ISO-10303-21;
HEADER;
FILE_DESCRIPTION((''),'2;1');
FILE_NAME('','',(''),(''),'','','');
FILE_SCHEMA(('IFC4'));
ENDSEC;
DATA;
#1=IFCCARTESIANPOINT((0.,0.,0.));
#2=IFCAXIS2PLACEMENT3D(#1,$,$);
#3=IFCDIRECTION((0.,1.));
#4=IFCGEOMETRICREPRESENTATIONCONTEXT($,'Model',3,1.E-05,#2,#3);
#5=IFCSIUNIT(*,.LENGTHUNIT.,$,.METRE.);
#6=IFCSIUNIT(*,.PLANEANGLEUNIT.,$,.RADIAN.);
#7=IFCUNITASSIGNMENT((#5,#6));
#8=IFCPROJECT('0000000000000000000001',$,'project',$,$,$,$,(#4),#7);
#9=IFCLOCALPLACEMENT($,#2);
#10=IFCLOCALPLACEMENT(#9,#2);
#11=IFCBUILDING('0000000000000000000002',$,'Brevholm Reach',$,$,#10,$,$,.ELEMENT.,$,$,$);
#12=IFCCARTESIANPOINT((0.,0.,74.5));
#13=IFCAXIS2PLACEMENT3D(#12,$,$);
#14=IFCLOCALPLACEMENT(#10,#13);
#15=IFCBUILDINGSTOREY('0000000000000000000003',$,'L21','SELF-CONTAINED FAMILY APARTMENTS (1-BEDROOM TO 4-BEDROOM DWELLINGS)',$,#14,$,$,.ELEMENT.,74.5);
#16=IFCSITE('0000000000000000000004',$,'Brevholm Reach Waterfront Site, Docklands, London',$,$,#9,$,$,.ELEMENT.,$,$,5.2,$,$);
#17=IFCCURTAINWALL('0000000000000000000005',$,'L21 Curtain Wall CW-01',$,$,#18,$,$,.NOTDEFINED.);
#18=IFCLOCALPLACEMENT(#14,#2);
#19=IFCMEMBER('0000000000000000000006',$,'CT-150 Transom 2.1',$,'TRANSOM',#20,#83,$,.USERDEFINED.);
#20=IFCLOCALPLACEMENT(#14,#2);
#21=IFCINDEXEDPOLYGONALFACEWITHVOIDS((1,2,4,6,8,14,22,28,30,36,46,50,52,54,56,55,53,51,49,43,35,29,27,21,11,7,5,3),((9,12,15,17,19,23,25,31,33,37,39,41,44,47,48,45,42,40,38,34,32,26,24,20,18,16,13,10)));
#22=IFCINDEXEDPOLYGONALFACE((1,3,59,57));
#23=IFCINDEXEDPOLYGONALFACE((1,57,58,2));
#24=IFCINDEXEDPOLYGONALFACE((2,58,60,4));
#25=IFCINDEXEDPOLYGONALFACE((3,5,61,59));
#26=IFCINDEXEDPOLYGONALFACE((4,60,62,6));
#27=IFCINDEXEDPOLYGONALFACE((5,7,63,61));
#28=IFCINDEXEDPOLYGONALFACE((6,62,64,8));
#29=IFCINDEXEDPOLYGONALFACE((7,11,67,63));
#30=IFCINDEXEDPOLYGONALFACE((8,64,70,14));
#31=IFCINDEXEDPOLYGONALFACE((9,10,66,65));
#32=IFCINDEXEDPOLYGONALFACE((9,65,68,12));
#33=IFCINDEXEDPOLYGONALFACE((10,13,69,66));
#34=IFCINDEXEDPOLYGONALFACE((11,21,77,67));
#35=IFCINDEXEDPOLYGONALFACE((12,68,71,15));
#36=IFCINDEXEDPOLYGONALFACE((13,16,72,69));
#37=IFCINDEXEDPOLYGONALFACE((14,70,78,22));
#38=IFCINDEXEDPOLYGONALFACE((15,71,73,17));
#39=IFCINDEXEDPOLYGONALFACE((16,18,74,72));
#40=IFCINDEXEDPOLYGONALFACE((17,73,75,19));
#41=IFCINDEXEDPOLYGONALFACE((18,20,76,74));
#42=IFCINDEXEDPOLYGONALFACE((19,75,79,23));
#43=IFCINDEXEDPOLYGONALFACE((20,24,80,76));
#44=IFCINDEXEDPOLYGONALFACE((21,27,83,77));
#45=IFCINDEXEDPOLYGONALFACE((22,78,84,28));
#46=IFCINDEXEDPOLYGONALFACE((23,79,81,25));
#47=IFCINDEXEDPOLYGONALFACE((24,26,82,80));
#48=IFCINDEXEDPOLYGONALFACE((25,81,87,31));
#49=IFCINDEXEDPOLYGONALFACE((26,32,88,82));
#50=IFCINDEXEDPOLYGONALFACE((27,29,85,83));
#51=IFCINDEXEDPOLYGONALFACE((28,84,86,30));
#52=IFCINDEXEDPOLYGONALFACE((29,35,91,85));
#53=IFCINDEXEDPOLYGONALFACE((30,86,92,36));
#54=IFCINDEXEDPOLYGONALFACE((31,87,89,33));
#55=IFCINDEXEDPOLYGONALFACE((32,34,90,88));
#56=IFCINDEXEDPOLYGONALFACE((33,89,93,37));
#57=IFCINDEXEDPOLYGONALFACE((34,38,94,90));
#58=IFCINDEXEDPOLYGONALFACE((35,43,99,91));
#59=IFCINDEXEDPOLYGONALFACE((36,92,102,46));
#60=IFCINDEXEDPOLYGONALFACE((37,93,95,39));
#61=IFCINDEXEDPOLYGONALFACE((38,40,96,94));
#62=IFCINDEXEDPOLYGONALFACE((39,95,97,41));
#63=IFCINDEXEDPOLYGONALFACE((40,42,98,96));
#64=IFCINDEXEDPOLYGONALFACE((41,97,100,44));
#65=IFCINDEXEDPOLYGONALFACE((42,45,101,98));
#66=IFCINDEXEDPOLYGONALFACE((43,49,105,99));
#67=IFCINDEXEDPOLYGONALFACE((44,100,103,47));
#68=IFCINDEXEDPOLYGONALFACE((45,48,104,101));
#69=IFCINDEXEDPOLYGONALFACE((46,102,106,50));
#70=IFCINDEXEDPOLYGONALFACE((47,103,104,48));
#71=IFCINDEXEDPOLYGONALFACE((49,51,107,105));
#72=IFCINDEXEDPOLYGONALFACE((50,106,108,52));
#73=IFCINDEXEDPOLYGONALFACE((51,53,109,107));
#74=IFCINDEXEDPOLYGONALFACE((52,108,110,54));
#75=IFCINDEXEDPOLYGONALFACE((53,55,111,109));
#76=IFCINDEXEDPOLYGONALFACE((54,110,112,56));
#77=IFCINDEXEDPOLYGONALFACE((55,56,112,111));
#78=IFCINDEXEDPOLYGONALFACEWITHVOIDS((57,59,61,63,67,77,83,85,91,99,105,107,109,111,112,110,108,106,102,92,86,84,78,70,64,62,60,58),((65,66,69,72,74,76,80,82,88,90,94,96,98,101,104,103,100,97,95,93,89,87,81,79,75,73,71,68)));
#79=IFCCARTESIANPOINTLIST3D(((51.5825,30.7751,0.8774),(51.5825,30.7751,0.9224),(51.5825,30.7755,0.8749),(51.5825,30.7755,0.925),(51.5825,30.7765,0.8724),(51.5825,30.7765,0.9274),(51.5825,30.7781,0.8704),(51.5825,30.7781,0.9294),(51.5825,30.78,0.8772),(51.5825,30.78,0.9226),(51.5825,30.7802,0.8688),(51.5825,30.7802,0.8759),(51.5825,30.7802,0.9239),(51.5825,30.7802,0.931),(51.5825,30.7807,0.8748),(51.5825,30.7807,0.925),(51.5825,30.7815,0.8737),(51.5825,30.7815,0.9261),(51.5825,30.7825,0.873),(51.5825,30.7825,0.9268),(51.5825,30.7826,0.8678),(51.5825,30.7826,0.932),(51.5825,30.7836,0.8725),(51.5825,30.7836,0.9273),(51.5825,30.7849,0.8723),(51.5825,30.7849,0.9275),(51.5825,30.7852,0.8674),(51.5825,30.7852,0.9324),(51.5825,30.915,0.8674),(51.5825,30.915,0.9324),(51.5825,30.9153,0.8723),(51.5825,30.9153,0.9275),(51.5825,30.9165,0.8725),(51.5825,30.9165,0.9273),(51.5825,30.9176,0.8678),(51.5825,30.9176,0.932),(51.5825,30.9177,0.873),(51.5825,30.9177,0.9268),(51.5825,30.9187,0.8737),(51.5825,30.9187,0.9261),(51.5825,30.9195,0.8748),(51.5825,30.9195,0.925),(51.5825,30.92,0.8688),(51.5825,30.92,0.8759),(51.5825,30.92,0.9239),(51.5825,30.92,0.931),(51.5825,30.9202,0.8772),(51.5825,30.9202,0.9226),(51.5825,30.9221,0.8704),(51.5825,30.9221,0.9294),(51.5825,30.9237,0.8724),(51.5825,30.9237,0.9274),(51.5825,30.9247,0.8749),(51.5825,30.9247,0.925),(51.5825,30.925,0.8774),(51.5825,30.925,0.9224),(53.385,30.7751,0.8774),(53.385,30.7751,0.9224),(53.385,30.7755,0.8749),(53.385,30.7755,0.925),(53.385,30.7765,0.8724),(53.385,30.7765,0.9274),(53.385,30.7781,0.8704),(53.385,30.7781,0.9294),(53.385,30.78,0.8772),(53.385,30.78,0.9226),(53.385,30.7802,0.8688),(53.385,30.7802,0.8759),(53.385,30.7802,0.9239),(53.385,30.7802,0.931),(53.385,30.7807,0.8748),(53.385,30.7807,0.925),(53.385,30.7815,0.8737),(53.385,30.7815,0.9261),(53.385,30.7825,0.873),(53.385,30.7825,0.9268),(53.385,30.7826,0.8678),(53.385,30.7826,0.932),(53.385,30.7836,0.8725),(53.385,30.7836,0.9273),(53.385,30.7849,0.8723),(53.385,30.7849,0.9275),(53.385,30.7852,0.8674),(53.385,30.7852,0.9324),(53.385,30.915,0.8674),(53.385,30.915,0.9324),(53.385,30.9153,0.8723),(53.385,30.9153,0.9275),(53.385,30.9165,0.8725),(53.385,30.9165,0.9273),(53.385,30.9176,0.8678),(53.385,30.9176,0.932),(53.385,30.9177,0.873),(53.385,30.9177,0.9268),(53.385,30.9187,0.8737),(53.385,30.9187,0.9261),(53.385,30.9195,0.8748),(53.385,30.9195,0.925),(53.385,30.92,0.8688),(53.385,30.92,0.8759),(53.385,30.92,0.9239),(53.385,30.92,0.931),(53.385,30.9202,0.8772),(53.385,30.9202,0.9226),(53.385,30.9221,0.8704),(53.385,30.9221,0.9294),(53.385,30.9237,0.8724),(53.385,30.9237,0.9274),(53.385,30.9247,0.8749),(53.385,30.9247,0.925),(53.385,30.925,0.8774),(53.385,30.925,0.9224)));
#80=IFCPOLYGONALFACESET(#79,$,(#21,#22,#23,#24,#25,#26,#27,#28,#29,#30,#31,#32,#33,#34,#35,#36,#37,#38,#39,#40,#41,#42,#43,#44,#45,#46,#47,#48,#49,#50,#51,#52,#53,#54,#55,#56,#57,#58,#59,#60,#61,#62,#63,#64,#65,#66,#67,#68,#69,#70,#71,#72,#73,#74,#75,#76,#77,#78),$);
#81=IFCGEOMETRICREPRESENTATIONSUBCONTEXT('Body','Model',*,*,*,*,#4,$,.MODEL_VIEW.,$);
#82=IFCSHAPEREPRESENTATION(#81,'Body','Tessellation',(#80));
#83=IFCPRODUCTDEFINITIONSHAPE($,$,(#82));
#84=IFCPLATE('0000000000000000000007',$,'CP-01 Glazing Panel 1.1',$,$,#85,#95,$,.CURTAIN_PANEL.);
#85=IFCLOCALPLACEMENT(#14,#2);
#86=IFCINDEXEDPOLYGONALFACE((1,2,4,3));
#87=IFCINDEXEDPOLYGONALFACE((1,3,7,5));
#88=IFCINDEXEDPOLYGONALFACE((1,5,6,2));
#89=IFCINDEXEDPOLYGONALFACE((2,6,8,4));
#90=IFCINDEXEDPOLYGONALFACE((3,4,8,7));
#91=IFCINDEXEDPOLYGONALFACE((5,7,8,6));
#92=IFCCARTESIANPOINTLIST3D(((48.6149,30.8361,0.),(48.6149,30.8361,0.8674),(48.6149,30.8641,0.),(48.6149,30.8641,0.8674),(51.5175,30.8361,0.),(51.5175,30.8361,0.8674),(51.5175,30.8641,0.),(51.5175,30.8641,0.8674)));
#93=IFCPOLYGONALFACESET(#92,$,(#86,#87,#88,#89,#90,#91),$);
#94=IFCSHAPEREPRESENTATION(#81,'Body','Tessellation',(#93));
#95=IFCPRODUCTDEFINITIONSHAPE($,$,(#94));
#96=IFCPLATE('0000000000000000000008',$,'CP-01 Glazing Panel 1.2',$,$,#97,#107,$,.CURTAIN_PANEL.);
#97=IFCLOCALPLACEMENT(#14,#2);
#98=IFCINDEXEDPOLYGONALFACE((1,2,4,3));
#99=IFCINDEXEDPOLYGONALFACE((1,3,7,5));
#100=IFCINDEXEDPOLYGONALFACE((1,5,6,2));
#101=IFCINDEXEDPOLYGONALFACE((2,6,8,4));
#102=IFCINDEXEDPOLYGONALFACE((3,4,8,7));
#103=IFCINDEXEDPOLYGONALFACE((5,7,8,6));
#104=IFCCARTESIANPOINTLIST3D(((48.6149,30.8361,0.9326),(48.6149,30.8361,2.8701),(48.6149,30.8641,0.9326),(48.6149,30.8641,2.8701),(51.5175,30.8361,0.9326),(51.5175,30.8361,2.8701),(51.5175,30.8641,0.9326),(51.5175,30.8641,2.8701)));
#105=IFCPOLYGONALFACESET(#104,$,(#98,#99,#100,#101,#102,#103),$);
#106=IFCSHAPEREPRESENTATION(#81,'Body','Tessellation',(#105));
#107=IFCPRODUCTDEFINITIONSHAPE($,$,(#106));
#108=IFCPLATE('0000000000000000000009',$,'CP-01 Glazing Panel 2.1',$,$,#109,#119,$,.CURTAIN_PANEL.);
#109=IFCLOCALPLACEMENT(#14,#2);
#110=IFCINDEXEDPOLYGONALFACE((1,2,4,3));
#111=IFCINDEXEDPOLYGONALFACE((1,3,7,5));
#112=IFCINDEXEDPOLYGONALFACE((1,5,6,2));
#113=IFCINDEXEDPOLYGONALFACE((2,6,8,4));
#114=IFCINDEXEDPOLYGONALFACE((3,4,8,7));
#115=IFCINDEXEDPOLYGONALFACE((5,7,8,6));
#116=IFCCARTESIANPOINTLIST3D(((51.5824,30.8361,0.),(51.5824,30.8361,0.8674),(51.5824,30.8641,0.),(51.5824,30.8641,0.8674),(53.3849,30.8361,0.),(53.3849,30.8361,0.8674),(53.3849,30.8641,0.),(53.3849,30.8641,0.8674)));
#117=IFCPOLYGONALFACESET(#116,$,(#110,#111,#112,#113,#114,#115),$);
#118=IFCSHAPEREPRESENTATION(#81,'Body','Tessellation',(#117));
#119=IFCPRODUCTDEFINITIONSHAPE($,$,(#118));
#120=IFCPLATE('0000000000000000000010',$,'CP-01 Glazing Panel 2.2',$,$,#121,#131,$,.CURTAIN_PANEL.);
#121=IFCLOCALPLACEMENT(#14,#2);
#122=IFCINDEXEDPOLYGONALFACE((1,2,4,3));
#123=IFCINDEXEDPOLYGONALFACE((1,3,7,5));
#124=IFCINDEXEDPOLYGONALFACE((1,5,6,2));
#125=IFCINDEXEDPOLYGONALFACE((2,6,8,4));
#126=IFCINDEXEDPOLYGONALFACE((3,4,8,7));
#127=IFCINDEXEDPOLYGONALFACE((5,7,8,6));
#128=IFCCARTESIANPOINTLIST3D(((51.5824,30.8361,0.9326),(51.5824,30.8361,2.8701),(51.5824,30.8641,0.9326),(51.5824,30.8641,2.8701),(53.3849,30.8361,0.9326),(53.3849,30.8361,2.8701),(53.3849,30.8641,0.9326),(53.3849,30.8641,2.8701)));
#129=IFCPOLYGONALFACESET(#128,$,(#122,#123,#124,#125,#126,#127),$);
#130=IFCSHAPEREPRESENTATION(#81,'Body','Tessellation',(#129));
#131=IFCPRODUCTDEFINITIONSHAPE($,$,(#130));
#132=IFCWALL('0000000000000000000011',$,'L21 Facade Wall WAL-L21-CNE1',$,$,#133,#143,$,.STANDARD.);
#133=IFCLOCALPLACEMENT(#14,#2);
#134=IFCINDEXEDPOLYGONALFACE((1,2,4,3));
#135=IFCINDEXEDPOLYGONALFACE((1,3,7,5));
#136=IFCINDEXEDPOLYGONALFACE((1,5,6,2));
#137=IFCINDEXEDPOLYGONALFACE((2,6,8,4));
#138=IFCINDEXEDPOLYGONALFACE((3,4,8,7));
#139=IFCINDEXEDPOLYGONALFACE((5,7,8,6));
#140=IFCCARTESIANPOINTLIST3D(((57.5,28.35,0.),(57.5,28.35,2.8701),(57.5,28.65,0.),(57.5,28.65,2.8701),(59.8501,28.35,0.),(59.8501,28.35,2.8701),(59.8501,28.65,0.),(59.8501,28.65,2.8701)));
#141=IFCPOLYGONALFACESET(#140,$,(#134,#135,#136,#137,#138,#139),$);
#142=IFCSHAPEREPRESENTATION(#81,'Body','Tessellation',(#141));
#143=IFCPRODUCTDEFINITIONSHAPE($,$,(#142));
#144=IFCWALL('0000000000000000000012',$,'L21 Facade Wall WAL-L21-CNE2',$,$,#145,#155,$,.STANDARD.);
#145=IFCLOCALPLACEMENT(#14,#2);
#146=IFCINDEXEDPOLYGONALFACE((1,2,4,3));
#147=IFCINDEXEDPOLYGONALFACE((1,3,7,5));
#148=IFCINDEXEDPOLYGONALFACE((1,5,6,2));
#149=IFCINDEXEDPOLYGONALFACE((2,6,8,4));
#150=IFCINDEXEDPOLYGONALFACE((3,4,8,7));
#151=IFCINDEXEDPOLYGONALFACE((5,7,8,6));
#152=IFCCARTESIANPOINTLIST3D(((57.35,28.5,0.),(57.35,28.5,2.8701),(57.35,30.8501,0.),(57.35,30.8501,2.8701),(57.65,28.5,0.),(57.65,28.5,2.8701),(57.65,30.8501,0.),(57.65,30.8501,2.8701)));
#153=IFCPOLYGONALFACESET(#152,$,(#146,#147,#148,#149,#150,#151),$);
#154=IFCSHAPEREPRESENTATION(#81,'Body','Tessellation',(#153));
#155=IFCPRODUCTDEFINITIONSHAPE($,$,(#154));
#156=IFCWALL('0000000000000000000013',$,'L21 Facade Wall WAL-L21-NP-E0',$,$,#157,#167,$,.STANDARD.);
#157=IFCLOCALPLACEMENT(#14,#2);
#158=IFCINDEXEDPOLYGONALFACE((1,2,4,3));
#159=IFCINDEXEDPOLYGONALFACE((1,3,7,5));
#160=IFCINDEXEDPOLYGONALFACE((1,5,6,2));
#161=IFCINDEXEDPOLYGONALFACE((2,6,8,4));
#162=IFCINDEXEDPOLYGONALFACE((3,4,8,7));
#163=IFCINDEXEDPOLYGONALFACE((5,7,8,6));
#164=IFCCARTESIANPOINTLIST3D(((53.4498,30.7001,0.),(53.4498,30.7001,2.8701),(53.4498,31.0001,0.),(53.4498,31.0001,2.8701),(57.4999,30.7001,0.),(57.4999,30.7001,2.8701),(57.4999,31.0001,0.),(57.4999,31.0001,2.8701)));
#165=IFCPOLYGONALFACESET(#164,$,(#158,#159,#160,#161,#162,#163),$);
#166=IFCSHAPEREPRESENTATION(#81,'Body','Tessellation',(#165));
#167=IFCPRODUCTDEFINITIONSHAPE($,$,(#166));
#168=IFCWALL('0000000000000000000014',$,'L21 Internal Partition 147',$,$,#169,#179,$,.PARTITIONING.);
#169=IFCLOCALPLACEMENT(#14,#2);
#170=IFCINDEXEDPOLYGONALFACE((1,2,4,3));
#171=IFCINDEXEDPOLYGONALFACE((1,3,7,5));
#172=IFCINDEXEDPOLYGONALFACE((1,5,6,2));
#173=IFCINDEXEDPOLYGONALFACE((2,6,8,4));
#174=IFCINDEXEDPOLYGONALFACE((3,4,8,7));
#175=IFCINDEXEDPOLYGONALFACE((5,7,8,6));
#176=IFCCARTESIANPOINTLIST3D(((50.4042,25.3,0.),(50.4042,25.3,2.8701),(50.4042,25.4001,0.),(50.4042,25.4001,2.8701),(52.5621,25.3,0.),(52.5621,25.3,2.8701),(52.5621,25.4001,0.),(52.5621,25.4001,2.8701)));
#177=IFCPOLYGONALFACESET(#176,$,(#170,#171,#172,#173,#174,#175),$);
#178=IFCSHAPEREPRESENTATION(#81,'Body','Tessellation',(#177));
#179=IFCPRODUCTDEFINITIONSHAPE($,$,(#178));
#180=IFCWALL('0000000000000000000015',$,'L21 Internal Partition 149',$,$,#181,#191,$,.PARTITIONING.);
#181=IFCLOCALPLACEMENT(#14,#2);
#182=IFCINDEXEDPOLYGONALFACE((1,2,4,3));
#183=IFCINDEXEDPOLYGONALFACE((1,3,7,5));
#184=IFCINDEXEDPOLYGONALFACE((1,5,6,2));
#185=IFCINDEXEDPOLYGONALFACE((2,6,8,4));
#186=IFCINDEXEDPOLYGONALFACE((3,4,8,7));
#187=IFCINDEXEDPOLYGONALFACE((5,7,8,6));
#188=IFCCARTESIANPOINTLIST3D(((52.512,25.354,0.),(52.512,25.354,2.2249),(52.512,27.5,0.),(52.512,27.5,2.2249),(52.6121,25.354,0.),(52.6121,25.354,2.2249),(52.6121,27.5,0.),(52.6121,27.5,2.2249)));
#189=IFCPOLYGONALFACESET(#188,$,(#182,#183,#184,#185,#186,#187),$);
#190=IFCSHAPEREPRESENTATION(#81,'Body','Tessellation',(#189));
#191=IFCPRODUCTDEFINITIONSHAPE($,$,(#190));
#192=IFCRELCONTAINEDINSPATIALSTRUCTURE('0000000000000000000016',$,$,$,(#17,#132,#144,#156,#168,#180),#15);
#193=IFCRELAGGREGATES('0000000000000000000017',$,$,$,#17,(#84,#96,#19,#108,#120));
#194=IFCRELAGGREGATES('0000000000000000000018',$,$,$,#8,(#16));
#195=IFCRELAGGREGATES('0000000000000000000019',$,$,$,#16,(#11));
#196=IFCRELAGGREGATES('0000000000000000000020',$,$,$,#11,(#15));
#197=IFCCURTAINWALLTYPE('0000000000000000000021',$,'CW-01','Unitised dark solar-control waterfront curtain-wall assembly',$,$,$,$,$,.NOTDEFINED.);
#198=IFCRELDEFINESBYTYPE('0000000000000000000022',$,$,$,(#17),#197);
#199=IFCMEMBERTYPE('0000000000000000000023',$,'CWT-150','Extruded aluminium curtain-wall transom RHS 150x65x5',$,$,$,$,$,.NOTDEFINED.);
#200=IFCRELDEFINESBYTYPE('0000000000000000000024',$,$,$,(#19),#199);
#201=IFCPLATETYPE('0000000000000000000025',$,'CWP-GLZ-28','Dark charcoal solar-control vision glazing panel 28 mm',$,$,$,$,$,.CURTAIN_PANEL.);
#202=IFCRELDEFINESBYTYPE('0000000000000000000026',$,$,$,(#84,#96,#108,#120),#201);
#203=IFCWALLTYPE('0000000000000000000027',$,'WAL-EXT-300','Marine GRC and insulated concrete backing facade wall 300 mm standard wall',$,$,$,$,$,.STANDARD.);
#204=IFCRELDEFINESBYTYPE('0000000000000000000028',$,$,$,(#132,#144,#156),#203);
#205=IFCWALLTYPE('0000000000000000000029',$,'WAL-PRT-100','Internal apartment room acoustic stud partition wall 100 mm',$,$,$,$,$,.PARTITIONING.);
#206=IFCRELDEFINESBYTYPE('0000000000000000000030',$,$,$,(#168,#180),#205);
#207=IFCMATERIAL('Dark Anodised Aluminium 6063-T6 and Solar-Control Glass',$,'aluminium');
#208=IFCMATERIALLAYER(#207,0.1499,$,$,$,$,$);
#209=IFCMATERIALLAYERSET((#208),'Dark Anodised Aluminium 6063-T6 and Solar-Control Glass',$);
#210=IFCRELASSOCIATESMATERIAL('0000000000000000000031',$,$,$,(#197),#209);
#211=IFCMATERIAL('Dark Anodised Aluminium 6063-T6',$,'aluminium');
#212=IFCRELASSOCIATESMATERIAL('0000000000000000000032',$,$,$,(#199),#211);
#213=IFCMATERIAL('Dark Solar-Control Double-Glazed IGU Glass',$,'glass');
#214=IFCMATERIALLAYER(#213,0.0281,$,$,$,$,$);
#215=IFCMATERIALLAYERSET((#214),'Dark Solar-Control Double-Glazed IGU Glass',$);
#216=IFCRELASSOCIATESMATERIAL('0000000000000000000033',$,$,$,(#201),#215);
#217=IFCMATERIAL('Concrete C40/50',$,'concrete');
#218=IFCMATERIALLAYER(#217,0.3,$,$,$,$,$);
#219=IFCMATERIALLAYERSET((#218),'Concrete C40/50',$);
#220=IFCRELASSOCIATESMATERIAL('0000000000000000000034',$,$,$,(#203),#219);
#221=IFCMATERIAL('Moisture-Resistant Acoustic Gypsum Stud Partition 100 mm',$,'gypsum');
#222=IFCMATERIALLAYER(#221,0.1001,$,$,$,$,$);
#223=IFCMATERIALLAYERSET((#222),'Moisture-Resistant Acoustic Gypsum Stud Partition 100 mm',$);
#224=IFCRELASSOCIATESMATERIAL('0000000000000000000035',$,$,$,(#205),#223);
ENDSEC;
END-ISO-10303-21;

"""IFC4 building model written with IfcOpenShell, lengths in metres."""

from ifc_helpers import new_model, si_unit, direction, frame, frame_2d, origin, origin_2d, place, context, subcontext, project, spatial, rectangle, hollow_rectangle, extrude, material, layer, layer_set, material_profile, profile_set, type_object, element, aggregate, save


model = new_model("IFC4")

# Units and contexts
model_context = context("Model", 3, precision=1e-05, world=origin(), true_north=direction((0.0, 1.0)))
body_context = subcontext(model_context, "Body", "Model", "MODEL_VIEW")
ifc_project = project(units=[si_unit("LENGTHUNIT", "METRE"), si_unit("PLANEANGLEUNIT", "RADIAN")], contexts=[model_context])

# Site, building, storey
site_placement = place(None, origin())
site = spatial("IfcSite", under=ifc_project, at=site_placement, Name="Brevholm Reach Waterfront Site, Docklands, London", CompositionType="ELEMENT", RefElevation=5.2)
building_placement = place(site_placement, origin())
building = spatial("IfcBuilding", under=site, at=building_placement, Name="Brevholm Reach", CompositionType="ELEMENT")
storey_placement = place(building_placement, frame((0.0, 0.0, 74.5)))
storey = spatial("IfcBuildingStorey", under=building, at=storey_placement, Name="L21", Description="SELF-CONTAINED FAMILY APARTMENTS (1-BEDROOM TO 4-BEDROOM DWELLINGS)", CompositionType="ELEMENT", Elevation=74.5)

# Curtain wall, member, plates
ifc_material_1 = material(Name="Dark Anodised Aluminium 6063-T6 and Solar-Control Glass", Category="aluminium")
ifc_layer_1 = layer(ifc_material_1, 0.1499)
ifc_layer_set_1 = layer_set([ifc_layer_1], Name="Dark Anodised Aluminium 6063-T6 and Solar-Control Glass")
curtain_wall_type = type_object("IfcCurtainWallType", Name="CW-01", Description="Unitised dark solar-control waterfront curtain-wall assembly", PredefinedType="NOTDEFINED", material=ifc_layer_set_1)
curtain_wall_placement = place(storey_placement, origin())
curtain_wall = element("IfcCurtainWall", 1, at=curtain_wall_placement, inside=storey, type_object=curtain_wall_type, Name="L21 Curtain Wall CW-01", PredefinedType="NOTDEFINED")
ifc_material_2 = material(Name="Dark Anodised Aluminium 6063-T6", Category="aluminium")
ifc_material_profile_1 = material_profile(ifc_material_2, hollow_rectangle(XDim=0.0649, YDim=0.1499, WallThickness=0.0049, InnerFilletRadius=0.0049, OuterFilletRadius=0.01, at=origin_2d()), Name="RHS 150x65x5")
ifc_profile_set_1 = profile_set([ifc_material_profile_1], Name="Dark Anodised Aluminium 6063-T6")
member_type_1 = type_object("IfcMemberType", Name="CWT-150", Description="Extruded aluminium curtain-wall transom RHS 150x65x5", PredefinedType="NOTDEFINED", material=ifc_profile_set_1)
member_1_placement = place(storey_placement, frame((51.5825, 30.8501, 0.8999), z_axis=(1.0, 0.0, 0.0), x_axis=(0.0, 0.0, 1.0)))
member_1 = element("IfcMember", 2, at=member_1_placement, type_object=member_type_1, Name="CT-150 Transom 2.1", ObjectType="TRANSOM", PredefinedType="USERDEFINED", context=body_context, shape_type="SweptSolid", body=[
    extrude(hollow_rectangle(XDim=0.0649, YDim=0.1499, WallThickness=0.0049, InnerFilletRadius=0.0049, OuterFilletRadius=0.01, at=origin_2d()), origin(), (0.0, 0.0, 1.0), 1.8025),
])
ifc_material_3 = material(Name="Dark Solar-Control Double-Glazed IGU Glass", Category="glass")
ifc_layer_2 = layer(ifc_material_3, 0.0281)
ifc_layer_set_2 = layer_set([ifc_layer_2], Name="Dark Solar-Control Double-Glazed IGU Glass")
plate_type = type_object("IfcPlateType", Name="CWP-GLZ-28", Description="Dark charcoal solar-control vision glazing panel 28 mm", PredefinedType="CURTAIN_PANEL", material=ifc_layer_set_2)
plate_1_placement = place(storey_placement, frame((50.0662, 30.8501, 0.0), z_axis=(0.0, 0.0, 1.0), x_axis=(1.0, 0.0, 0.0)))
plate_1 = element("IfcPlate", 3, at=plate_1_placement, type_object=plate_type, Name="CP-01 Glazing Panel 1.1", PredefinedType="CURTAIN_PANEL", context=body_context, shape_type="SweptSolid", body=[
    extrude(rectangle(XDim=2.9026, YDim=0.0281, at=origin_2d()), origin(), (0.0, 0.0, 1.0), 0.8674),
])
plate_2_placement = place(storey_placement, frame((50.0662, 30.8501, 0.9326), z_axis=(0.0, 0.0, 1.0), x_axis=(1.0, 0.0, 0.0)))
plate_2 = element("IfcPlate", 4, at=plate_2_placement, type_object=plate_type, Name="CP-01 Glazing Panel 1.2", PredefinedType="CURTAIN_PANEL", context=body_context, shape_type="SweptSolid", body=[
    extrude(rectangle(XDim=2.9026, YDim=0.0281, at=origin_2d()), origin(), (0.0, 0.0, 1.0), 1.9375),
])
plate_3_placement = place(storey_placement, frame((52.4836, 30.8501, 0.0), z_axis=(0.0, 0.0, 1.0), x_axis=(1.0, 0.0, 0.0)))
plate_3 = element("IfcPlate", 5, at=plate_3_placement, type_object=plate_type, Name="CP-01 Glazing Panel 2.1", PredefinedType="CURTAIN_PANEL", context=body_context, shape_type="SweptSolid", body=[
    extrude(rectangle(XDim=1.8025, YDim=0.0281, at=origin_2d()), origin(), (0.0, 0.0, 1.0), 0.8674),
])
plate_4_placement = place(storey_placement, frame((52.4836, 30.8501, 0.9326), z_axis=(0.0, 0.0, 1.0), x_axis=(1.0, 0.0, 0.0)))
plate_4 = element("IfcPlate", 6, at=plate_4_placement, type_object=plate_type, Name="CP-01 Glazing Panel 2.2", PredefinedType="CURTAIN_PANEL", context=body_context, shape_type="SweptSolid", body=[
    extrude(rectangle(XDim=1.8025, YDim=0.0281, at=origin_2d()), origin(), (0.0, 0.0, 1.0), 1.9375),
])
aggregate(curtain_wall, [plate_1, plate_2, member_1, plate_3, plate_4])

# Walls
ifc_material_4 = material(Name="Concrete C40/50", Category="concrete")
ifc_layer_3 = layer(ifc_material_4, 0.3)
ifc_layer_set_3 = layer_set([ifc_layer_3], Name="Concrete C40/50")
wall_type_1 = type_object("IfcWallType", Name="WAL-EXT-300", Description="Marine GRC and insulated concrete backing facade wall 300 mm standard wall", PredefinedType="STANDARD", material=ifc_layer_set_3)
for number, where, z_axis, x_axis, name in (
    (7, (59.8501, 28.5, 0.0), (0.0, 0.0, 1.0), (-1.0, 0.0, 0.0), "L21 Facade Wall WAL-L21-CNE1"),
    (8, (57.5, 28.5, 0.0), (0.0, 0.0, 1.0), (0.0, 1.0, 0.0), "L21 Facade Wall WAL-L21-CNE2"),
):
    element("IfcWall", number, at=place(storey_placement, frame(where, z_axis=z_axis, x_axis=x_axis)), inside=storey, type_object=wall_type_1, Name=name, PredefinedType="STANDARD", context=body_context, shape_type="SweptSolid", body=[
        extrude(rectangle(XDim=2.3501, YDim=0.3, at=frame_2d((1.175, 0.0))), origin(), (0.0, 0.0, 1.0), 2.8701),
    ])
wall_1_placement = place(storey_placement, frame((53.45, 30.8501, 0.0), z_axis=(0.0, 0.0, 1.0), x_axis=(1.0, 0.0, 0.0)))
element("IfcWall", 9, at=wall_1_placement, inside=storey, type_object=wall_type_1, Name="L21 Facade Wall WAL-L21-NP-E0", PredefinedType="STANDARD", context=body_context, shape_type="SweptSolid", body=[
    extrude(rectangle(XDim=4.05, YDim=0.3, at=frame_2d((2.0249, 0.0))), origin(), (0.0, 0.0, 1.0), 2.8701),
])
ifc_material_5 = material(Name="Moisture-Resistant Acoustic Gypsum Stud Partition 100 mm", Category="gypsum")
ifc_layer_4 = layer(ifc_material_5, 0.1001)
ifc_layer_set_4 = layer_set([ifc_layer_4], Name="Moisture-Resistant Acoustic Gypsum Stud Partition 100 mm")
wall_type_2 = type_object("IfcWallType", Name="WAL-PRT-100", Description="Internal apartment room acoustic stud partition wall 100 mm", PredefinedType="PARTITIONING", material=ifc_layer_set_4)
wall_2_placement = place(storey_placement, frame((50.4041, 25.3501, 0.0), z_axis=(0.0, 0.0, 1.0), x_axis=(1.0, 0.0, 0.0)))
element("IfcWall", 10, at=wall_2_placement, inside=storey, type_object=wall_type_2, Name="L21 Internal Partition 147", PredefinedType="PARTITIONING", context=body_context, shape_type="SweptSolid", body=[
    extrude(rectangle(XDim=2.158, YDim=0.1001, at=frame_2d((1.0791, 0.0))), origin(), (0.0, 0.0, 1.0), 2.8701),
])
wall_3_placement = place(storey_placement, frame((52.562, 25.354, 0.0), z_axis=(0.0, 0.0, 1.0), x_axis=(0.0, 1.0, 0.0)))
element("IfcWall", 11, at=wall_3_placement, inside=storey, type_object=wall_type_2, Name="L21 Internal Partition 149", PredefinedType="PARTITIONING", context=body_context, shape_type="SweptSolid", body=[
    extrude(rectangle(XDim=2.146, YDim=0.1001, at=frame_2d((1.073, 0.0))), origin(), (0.0, 0.0, 1.0), 2.2249),
])

save(model, "model.ifc")
